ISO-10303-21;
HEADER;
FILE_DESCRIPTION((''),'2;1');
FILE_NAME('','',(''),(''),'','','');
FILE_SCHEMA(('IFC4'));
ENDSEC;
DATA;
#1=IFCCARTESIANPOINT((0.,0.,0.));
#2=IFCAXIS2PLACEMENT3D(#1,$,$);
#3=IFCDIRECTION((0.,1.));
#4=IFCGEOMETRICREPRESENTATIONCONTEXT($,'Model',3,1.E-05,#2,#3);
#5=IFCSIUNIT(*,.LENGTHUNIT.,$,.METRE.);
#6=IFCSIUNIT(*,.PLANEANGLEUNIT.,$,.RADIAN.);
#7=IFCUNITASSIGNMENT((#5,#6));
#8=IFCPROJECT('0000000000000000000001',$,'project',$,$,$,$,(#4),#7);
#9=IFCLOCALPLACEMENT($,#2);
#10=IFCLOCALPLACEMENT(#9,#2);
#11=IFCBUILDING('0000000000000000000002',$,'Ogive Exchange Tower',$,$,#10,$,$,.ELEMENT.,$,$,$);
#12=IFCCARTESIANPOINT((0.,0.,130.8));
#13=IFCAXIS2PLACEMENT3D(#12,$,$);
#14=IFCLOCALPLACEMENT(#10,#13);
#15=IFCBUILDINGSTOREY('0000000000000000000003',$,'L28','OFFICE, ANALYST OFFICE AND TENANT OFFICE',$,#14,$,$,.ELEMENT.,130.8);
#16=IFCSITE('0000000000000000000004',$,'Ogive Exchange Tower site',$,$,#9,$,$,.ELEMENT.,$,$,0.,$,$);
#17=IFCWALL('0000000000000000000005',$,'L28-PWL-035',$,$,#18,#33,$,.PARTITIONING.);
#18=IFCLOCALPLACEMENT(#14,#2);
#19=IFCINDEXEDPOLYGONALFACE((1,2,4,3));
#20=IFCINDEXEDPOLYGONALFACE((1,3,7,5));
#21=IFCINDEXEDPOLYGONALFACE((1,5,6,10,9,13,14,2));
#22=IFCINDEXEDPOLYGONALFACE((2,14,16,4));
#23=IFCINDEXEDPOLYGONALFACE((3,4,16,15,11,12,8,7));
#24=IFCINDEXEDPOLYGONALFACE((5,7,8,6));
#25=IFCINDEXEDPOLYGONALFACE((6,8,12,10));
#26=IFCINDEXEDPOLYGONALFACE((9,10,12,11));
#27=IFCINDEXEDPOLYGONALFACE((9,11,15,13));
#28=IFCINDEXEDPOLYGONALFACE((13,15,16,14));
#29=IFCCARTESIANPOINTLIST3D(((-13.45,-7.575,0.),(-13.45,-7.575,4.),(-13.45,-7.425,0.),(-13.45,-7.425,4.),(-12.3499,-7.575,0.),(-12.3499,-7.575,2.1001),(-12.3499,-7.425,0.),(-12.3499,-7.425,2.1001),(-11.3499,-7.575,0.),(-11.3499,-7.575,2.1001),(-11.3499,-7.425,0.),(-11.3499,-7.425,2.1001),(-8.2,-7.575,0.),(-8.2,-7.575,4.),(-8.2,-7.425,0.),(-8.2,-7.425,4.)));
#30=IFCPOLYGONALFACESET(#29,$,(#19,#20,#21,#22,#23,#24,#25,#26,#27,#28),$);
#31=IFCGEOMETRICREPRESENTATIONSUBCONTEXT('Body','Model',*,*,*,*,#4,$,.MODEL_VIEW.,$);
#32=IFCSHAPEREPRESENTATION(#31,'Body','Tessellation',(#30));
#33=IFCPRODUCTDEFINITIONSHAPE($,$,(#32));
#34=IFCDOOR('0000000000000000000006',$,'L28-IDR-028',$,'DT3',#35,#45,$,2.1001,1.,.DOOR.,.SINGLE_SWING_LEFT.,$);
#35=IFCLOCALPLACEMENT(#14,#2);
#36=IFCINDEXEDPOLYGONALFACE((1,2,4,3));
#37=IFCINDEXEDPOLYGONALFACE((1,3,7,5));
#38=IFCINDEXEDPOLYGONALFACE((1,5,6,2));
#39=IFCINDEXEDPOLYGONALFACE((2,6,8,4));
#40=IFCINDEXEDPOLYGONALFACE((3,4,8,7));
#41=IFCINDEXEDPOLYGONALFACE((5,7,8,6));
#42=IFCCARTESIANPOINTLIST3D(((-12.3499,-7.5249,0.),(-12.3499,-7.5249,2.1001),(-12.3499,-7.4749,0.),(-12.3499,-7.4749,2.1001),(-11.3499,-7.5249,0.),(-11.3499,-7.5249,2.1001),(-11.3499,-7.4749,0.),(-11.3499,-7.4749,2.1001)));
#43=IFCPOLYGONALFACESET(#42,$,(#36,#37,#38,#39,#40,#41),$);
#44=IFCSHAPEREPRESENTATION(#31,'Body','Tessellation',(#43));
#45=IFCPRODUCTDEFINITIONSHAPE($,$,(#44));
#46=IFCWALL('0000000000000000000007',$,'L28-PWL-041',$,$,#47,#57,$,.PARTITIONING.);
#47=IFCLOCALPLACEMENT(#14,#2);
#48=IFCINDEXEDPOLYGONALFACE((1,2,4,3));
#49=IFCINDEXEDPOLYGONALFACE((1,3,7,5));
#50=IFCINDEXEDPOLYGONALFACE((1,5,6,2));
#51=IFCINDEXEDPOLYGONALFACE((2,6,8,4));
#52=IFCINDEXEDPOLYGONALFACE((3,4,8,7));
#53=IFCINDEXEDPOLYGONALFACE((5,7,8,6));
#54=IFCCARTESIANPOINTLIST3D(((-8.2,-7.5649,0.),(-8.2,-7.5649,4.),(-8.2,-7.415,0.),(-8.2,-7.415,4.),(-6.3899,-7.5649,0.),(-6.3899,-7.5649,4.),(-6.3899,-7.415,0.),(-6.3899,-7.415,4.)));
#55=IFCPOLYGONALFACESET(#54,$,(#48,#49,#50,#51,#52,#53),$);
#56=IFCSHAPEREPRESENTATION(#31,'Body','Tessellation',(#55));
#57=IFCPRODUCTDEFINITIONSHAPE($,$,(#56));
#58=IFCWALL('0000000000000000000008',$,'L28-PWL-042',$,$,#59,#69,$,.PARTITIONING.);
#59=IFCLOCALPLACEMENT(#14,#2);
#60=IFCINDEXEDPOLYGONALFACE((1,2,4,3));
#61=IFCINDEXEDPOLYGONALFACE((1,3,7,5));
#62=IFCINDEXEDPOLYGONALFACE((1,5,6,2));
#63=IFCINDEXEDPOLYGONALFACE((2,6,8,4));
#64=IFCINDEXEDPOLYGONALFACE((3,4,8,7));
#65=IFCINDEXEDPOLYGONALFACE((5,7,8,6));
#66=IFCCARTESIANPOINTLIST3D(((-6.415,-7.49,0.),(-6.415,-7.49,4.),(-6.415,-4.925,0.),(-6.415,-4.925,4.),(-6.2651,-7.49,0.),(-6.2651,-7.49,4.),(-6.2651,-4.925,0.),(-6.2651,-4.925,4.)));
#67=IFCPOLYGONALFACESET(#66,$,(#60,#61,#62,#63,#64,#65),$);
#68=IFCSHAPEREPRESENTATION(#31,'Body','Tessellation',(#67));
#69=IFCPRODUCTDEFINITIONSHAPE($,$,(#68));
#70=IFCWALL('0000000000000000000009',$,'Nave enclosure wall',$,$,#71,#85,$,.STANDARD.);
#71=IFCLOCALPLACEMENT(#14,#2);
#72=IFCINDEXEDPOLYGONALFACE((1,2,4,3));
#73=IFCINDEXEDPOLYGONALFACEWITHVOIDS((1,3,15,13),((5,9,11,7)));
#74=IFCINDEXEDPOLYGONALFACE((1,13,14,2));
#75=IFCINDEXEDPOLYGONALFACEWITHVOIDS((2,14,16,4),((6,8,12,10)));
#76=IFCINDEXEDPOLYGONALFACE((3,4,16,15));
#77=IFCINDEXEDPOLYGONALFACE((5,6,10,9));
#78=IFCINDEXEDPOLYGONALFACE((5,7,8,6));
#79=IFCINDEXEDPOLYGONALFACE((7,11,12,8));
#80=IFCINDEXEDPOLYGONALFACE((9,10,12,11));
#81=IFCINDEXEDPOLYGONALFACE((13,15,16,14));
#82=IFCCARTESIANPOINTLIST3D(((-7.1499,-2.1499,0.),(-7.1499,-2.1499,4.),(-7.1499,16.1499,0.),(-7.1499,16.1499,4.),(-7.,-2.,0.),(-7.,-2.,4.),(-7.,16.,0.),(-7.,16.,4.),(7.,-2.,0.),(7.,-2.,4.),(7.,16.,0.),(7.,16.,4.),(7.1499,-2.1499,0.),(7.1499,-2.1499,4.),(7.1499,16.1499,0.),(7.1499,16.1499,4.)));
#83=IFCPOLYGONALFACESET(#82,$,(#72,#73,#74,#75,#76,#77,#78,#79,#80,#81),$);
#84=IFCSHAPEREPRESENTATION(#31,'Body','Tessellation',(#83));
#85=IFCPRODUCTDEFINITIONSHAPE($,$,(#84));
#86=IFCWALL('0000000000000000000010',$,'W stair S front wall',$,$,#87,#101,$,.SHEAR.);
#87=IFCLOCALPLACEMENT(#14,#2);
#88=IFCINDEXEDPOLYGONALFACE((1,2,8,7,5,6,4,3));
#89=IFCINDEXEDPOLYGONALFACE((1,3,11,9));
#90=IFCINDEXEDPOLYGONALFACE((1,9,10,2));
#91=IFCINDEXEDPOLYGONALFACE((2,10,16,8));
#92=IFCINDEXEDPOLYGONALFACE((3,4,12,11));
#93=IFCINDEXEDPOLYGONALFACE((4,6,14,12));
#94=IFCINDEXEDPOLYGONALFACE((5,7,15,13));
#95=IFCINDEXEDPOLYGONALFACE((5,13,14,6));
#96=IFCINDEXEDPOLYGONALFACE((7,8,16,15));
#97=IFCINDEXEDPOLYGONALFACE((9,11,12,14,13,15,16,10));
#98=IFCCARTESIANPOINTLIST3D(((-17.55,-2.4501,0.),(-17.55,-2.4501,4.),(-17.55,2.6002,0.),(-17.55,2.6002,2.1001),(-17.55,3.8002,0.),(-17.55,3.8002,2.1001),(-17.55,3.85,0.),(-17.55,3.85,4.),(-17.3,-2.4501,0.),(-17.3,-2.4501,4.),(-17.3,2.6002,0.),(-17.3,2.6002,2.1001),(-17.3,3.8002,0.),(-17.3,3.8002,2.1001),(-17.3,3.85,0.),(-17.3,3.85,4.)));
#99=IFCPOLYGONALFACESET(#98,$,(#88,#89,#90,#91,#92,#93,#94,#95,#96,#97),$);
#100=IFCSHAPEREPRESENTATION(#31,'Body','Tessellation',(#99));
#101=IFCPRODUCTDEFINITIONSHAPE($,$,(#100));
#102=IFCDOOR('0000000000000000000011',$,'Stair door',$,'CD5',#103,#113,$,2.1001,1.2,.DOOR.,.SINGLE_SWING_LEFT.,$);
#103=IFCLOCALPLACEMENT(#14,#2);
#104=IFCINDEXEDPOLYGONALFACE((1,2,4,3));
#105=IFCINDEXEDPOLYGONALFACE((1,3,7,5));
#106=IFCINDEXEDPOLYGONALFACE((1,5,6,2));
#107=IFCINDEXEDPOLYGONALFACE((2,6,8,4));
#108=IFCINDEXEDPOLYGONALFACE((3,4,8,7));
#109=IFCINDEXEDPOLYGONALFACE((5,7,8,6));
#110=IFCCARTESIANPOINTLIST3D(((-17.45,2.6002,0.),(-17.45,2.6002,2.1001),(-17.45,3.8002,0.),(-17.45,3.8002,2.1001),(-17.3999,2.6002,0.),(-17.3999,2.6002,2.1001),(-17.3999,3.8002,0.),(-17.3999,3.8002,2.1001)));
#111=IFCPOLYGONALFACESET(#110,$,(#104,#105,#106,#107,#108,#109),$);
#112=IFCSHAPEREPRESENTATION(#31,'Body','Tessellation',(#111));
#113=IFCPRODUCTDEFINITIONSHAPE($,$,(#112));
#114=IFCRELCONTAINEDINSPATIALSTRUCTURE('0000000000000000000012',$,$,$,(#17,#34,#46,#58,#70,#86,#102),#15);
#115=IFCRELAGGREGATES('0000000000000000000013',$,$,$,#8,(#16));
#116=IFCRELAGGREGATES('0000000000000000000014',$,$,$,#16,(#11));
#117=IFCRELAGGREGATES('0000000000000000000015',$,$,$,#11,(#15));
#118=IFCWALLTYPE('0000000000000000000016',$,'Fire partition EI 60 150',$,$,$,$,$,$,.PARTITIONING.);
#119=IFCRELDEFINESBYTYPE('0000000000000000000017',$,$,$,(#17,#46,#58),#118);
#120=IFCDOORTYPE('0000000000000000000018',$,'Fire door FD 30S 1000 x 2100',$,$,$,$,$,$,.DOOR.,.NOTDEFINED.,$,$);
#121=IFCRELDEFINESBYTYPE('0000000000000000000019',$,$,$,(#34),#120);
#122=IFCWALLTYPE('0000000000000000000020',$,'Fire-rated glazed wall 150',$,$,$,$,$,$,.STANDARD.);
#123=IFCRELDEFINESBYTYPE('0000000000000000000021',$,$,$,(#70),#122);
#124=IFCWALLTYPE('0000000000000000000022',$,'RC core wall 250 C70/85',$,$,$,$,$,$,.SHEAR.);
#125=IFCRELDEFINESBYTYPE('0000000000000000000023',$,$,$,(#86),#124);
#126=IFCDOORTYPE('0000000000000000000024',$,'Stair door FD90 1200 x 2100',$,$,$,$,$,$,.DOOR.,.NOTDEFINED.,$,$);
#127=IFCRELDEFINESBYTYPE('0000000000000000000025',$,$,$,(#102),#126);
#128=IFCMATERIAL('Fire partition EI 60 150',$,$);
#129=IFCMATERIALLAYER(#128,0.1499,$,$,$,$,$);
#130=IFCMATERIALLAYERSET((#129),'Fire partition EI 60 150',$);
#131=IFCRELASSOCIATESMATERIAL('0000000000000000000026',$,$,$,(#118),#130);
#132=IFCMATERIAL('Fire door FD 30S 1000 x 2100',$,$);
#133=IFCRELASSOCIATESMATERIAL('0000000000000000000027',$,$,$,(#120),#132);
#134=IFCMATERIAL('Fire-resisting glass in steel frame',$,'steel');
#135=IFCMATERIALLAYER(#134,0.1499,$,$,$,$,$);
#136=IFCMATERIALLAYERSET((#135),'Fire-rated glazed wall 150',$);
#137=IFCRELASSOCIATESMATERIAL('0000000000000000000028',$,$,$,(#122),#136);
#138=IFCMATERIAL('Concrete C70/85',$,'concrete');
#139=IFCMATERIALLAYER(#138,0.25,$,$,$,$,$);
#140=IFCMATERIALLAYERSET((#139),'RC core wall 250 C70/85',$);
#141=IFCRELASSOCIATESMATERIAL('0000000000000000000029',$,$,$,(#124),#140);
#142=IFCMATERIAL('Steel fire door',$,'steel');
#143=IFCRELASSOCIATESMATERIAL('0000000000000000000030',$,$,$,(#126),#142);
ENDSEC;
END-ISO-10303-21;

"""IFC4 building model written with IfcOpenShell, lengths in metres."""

from ifc_helpers import new_model, si_unit, direction, frame, frame_2d, origin, place, context, subcontext, project, spatial, polyline, rectangle, outline, extrude, material, layer, layer_set, type_object, element, fill, save


model = new_model("IFC4")

# Units and contexts
model_context = context("Model", 3, precision=1e-05, world=origin(), true_north=direction((0.0, 1.0)))
body_context = subcontext(model_context, "Body", "Model", "MODEL_VIEW")
ifc_project = project(units=[si_unit("LENGTHUNIT", "METRE"), si_unit("PLANEANGLEUNIT", "RADIAN")], contexts=[model_context])

# Site, building, storey
site_placement = place(None, origin())
site = spatial("IfcSite", under=ifc_project, at=site_placement, Name="Ogive Exchange Tower site", CompositionType="ELEMENT", RefElevation=0.0)
building_placement = place(site_placement, origin())
building = spatial("IfcBuilding", under=site, at=building_placement, Name="Ogive Exchange Tower", CompositionType="ELEMENT")
storey_placement = place(building_placement, frame((0.0, 0.0, 130.8)))
storey = spatial("IfcBuildingStorey", under=building, at=storey_placement, Name="L28", Description="OFFICE, ANALYST OFFICE AND TENANT OFFICE", CompositionType="ELEMENT", Elevation=130.8)

# Wall, opening, door
ifc_material_1 = material(Name="Fire partition EI 60 150")
ifc_layer_1 = layer(ifc_material_1, 0.1499)
ifc_layer_set_1 = layer_set([ifc_layer_1], Name="Fire partition EI 60 150")
wall_type_1 = type_object("IfcWallType", Name="Fire partition EI 60 150", PredefinedType="PARTITIONING", material=ifc_layer_set_1)
wall_1_placement = place(storey_placement, frame((-8.2, -7.5, 0.0), z_axis=(0.0, 0.0, 1.0), x_axis=(-1.0, 0.0, 0.0)))
wall_1 = element("IfcWall", 1, at=wall_1_placement, inside=storey, type_object=wall_type_1, Name="L28-PWL-035", PredefinedType="PARTITIONING", context=body_context, shape_type="SweptSolid", body=[
    extrude(rectangle(XDim=5.25, YDim=0.1499, at=frame_2d((2.625, 0.0))), origin(), (0.0, 0.0, 1.0), 4.0),
])
opening_1_placement = place(wall_1_placement, frame((3.1499, 0.0, 0.0)))
opening_1 = element("IfcOpeningElement", 2, at=opening_1_placement, cuts=wall_1, PredefinedType="OPENING", context=body_context, shape_type="SweptSolid", body=[
    extrude(rectangle(XDim=1.0, YDim=2.1001, at=frame_2d((0.5, 1.05))), frame((0.0, 0.085, 0.0), z_axis=(0.0, -1.0, 0.0), x_axis=(1.0, 0.0, 0.0)), (0.0, 0.0, 1.0), 0.1699),
])
ifc_material_2 = material(Name="Fire door FD 30S 1000 x 2100")
door_type_1 = type_object("IfcDoorType", Name="Fire door FD 30S 1000 x 2100", OperationType="NOTDEFINED", PredefinedType="DOOR", material=ifc_material_2)
door_1_placement = place(opening_1_placement, origin())
door_1 = element("IfcDoor", 3, at=door_1_placement, inside=storey, type_object=door_type_1, Name="L28-IDR-028", ObjectType="DT3", OperationType="SINGLE_SWING_LEFT", OverallHeight=2.1001, OverallWidth=1.0, PredefinedType="DOOR", context=body_context, shape_type="SweptSolid", body=[
    extrude(rectangle(XDim=1.0, YDim=2.1001, at=frame_2d((0.5, 1.05))), frame((0.0, 0.0249, 0.0), z_axis=(0.0, -1.0, 0.0), x_axis=(1.0, 0.0, 0.0)), (0.0, 0.0, 1.0), 0.05),
])
fill(opening_1, door_1)

# Walls
wall_2_placement = place(storey_placement, frame((-6.3899, -7.49, 0.0), z_axis=(0.0, 0.0, 1.0), x_axis=(-1.0, 0.0, 0.0)))
element("IfcWall", 4, at=wall_2_placement, inside=storey, type_object=wall_type_1, Name="L28-PWL-041", PredefinedType="PARTITIONING", context=body_context, shape_type="SweptSolid", body=[
    extrude(rectangle(XDim=1.8101, YDim=0.1499, at=frame_2d((0.905, 0.0))), origin(), (0.0, 0.0, 1.0), 4.0),
])
wall_3_placement = place(storey_placement, frame((-6.3401, -4.925, 0.0), z_axis=(0.0, 0.0, 1.0), x_axis=(0.0, -1.0, 0.0)))
element("IfcWall", 5, at=wall_3_placement, inside=storey, type_object=wall_type_1, Name="L28-PWL-042", PredefinedType="PARTITIONING", context=body_context, shape_type="SweptSolid", body=[
    extrude(rectangle(XDim=2.5649, YDim=0.1499, at=frame_2d((1.2825, 0.0))), origin(), (0.0, 0.0, 1.0), 4.0),
])
ifc_material_3 = material(Name="Fire-resisting glass in steel frame", Category="steel")
ifc_layer_2 = layer(ifc_material_3, 0.1499)
ifc_layer_set_2 = layer_set([ifc_layer_2], Name="Fire-rated glazed wall 150")
wall_type_2 = type_object("IfcWallType", Name="Fire-rated glazed wall 150", PredefinedType="STANDARD", material=ifc_layer_set_2)
wall_4_placement = place(storey_placement, origin())
element("IfcWall", 6, at=wall_4_placement, inside=storey, type_object=wall_type_2, Name="Nave enclosure wall", PredefinedType="STANDARD", context=body_context, shape_type="SweptSolid", body=[
    extrude(outline(polyline([(-7.1499, -2.1499), (7.1499, -2.1499), (7.1499, 16.1499), (-7.1499, 16.1499), (-7.1499, -2.1499)]), holes=[polyline([(-7.0, -2.0), (-7.0, 16.0), (7.0, 16.0), (7.0, -2.0), (-7.0, -2.0)])]), origin(), (0.0, 0.0, 1.0), 4.0),
])

# Wall, opening, door
ifc_material_4 = material(Name="Concrete C70/85", Category="concrete")
ifc_layer_3 = layer(ifc_material_4, 0.25)
ifc_layer_set_3 = layer_set([ifc_layer_3], Name="RC core wall 250 C70/85")
wall_type_3 = type_object("IfcWallType", Name="RC core wall 250 C70/85", PredefinedType="SHEAR", material=ifc_layer_set_3)
wall_5_placement = place(storey_placement, frame((-17.425, -2.45, 0.0), z_axis=(0.0, 0.0, 1.0), x_axis=(0.0, 1.0, 0.0)))
wall_5 = element("IfcWall", 7, at=wall_5_placement, inside=storey, type_object=wall_type_3, Name="W stair S front wall", PredefinedType="SHEAR", context=body_context, shape_type="SweptSolid", body=[
    extrude(rectangle(XDim=6.3, YDim=0.25, at=frame_2d((3.1499, 0.0))), origin(), (0.0, 0.0, 1.0), 4.0),
])
opening_2_placement = place(wall_5_placement, frame((5.05, 0.0, 0.0)))
opening_2 = element("IfcOpeningElement", 8, at=opening_2_placement, cuts=wall_5, PredefinedType="OPENING", context=body_context, shape_type="SweptSolid", body=[
    extrude(rectangle(XDim=1.2, YDim=2.1001, at=frame_2d((0.6001, 1.05))), frame((0.0, 0.135, 0.0), z_axis=(0.0, -1.0, 0.0), x_axis=(1.0, 0.0, 0.0)), (0.0, 0.0, 1.0), 0.27),
])
ifc_material_5 = material(Name="Steel fire door", Category="steel")
door_type_2 = type_object("IfcDoorType", Name="Stair door FD90 1200 x 2100", OperationType="NOTDEFINED", PredefinedType="DOOR", material=ifc_material_5)
door_2_placement = place(opening_2_placement, origin())
door_2 = element("IfcDoor", 9, at=door_2_placement, inside=storey, type_object=door_type_2, Name="Stair door", ObjectType="CD5", OperationType="SINGLE_SWING_LEFT", OverallHeight=2.1001, OverallWidth=1.2, PredefinedType="DOOR", context=body_context, shape_type="SweptSolid", body=[
    extrude(rectangle(XDim=1.2, YDim=2.1001, at=frame_2d((0.6001, 1.05))), frame((0.0, 0.0249, 0.0), z_axis=(0.0, -1.0, 0.0), x_axis=(1.0, 0.0, 0.0)), (0.0, 0.0, 1.0), 0.05),
])
fill(opening_2, door_2)

save(model, "model.ifc")
